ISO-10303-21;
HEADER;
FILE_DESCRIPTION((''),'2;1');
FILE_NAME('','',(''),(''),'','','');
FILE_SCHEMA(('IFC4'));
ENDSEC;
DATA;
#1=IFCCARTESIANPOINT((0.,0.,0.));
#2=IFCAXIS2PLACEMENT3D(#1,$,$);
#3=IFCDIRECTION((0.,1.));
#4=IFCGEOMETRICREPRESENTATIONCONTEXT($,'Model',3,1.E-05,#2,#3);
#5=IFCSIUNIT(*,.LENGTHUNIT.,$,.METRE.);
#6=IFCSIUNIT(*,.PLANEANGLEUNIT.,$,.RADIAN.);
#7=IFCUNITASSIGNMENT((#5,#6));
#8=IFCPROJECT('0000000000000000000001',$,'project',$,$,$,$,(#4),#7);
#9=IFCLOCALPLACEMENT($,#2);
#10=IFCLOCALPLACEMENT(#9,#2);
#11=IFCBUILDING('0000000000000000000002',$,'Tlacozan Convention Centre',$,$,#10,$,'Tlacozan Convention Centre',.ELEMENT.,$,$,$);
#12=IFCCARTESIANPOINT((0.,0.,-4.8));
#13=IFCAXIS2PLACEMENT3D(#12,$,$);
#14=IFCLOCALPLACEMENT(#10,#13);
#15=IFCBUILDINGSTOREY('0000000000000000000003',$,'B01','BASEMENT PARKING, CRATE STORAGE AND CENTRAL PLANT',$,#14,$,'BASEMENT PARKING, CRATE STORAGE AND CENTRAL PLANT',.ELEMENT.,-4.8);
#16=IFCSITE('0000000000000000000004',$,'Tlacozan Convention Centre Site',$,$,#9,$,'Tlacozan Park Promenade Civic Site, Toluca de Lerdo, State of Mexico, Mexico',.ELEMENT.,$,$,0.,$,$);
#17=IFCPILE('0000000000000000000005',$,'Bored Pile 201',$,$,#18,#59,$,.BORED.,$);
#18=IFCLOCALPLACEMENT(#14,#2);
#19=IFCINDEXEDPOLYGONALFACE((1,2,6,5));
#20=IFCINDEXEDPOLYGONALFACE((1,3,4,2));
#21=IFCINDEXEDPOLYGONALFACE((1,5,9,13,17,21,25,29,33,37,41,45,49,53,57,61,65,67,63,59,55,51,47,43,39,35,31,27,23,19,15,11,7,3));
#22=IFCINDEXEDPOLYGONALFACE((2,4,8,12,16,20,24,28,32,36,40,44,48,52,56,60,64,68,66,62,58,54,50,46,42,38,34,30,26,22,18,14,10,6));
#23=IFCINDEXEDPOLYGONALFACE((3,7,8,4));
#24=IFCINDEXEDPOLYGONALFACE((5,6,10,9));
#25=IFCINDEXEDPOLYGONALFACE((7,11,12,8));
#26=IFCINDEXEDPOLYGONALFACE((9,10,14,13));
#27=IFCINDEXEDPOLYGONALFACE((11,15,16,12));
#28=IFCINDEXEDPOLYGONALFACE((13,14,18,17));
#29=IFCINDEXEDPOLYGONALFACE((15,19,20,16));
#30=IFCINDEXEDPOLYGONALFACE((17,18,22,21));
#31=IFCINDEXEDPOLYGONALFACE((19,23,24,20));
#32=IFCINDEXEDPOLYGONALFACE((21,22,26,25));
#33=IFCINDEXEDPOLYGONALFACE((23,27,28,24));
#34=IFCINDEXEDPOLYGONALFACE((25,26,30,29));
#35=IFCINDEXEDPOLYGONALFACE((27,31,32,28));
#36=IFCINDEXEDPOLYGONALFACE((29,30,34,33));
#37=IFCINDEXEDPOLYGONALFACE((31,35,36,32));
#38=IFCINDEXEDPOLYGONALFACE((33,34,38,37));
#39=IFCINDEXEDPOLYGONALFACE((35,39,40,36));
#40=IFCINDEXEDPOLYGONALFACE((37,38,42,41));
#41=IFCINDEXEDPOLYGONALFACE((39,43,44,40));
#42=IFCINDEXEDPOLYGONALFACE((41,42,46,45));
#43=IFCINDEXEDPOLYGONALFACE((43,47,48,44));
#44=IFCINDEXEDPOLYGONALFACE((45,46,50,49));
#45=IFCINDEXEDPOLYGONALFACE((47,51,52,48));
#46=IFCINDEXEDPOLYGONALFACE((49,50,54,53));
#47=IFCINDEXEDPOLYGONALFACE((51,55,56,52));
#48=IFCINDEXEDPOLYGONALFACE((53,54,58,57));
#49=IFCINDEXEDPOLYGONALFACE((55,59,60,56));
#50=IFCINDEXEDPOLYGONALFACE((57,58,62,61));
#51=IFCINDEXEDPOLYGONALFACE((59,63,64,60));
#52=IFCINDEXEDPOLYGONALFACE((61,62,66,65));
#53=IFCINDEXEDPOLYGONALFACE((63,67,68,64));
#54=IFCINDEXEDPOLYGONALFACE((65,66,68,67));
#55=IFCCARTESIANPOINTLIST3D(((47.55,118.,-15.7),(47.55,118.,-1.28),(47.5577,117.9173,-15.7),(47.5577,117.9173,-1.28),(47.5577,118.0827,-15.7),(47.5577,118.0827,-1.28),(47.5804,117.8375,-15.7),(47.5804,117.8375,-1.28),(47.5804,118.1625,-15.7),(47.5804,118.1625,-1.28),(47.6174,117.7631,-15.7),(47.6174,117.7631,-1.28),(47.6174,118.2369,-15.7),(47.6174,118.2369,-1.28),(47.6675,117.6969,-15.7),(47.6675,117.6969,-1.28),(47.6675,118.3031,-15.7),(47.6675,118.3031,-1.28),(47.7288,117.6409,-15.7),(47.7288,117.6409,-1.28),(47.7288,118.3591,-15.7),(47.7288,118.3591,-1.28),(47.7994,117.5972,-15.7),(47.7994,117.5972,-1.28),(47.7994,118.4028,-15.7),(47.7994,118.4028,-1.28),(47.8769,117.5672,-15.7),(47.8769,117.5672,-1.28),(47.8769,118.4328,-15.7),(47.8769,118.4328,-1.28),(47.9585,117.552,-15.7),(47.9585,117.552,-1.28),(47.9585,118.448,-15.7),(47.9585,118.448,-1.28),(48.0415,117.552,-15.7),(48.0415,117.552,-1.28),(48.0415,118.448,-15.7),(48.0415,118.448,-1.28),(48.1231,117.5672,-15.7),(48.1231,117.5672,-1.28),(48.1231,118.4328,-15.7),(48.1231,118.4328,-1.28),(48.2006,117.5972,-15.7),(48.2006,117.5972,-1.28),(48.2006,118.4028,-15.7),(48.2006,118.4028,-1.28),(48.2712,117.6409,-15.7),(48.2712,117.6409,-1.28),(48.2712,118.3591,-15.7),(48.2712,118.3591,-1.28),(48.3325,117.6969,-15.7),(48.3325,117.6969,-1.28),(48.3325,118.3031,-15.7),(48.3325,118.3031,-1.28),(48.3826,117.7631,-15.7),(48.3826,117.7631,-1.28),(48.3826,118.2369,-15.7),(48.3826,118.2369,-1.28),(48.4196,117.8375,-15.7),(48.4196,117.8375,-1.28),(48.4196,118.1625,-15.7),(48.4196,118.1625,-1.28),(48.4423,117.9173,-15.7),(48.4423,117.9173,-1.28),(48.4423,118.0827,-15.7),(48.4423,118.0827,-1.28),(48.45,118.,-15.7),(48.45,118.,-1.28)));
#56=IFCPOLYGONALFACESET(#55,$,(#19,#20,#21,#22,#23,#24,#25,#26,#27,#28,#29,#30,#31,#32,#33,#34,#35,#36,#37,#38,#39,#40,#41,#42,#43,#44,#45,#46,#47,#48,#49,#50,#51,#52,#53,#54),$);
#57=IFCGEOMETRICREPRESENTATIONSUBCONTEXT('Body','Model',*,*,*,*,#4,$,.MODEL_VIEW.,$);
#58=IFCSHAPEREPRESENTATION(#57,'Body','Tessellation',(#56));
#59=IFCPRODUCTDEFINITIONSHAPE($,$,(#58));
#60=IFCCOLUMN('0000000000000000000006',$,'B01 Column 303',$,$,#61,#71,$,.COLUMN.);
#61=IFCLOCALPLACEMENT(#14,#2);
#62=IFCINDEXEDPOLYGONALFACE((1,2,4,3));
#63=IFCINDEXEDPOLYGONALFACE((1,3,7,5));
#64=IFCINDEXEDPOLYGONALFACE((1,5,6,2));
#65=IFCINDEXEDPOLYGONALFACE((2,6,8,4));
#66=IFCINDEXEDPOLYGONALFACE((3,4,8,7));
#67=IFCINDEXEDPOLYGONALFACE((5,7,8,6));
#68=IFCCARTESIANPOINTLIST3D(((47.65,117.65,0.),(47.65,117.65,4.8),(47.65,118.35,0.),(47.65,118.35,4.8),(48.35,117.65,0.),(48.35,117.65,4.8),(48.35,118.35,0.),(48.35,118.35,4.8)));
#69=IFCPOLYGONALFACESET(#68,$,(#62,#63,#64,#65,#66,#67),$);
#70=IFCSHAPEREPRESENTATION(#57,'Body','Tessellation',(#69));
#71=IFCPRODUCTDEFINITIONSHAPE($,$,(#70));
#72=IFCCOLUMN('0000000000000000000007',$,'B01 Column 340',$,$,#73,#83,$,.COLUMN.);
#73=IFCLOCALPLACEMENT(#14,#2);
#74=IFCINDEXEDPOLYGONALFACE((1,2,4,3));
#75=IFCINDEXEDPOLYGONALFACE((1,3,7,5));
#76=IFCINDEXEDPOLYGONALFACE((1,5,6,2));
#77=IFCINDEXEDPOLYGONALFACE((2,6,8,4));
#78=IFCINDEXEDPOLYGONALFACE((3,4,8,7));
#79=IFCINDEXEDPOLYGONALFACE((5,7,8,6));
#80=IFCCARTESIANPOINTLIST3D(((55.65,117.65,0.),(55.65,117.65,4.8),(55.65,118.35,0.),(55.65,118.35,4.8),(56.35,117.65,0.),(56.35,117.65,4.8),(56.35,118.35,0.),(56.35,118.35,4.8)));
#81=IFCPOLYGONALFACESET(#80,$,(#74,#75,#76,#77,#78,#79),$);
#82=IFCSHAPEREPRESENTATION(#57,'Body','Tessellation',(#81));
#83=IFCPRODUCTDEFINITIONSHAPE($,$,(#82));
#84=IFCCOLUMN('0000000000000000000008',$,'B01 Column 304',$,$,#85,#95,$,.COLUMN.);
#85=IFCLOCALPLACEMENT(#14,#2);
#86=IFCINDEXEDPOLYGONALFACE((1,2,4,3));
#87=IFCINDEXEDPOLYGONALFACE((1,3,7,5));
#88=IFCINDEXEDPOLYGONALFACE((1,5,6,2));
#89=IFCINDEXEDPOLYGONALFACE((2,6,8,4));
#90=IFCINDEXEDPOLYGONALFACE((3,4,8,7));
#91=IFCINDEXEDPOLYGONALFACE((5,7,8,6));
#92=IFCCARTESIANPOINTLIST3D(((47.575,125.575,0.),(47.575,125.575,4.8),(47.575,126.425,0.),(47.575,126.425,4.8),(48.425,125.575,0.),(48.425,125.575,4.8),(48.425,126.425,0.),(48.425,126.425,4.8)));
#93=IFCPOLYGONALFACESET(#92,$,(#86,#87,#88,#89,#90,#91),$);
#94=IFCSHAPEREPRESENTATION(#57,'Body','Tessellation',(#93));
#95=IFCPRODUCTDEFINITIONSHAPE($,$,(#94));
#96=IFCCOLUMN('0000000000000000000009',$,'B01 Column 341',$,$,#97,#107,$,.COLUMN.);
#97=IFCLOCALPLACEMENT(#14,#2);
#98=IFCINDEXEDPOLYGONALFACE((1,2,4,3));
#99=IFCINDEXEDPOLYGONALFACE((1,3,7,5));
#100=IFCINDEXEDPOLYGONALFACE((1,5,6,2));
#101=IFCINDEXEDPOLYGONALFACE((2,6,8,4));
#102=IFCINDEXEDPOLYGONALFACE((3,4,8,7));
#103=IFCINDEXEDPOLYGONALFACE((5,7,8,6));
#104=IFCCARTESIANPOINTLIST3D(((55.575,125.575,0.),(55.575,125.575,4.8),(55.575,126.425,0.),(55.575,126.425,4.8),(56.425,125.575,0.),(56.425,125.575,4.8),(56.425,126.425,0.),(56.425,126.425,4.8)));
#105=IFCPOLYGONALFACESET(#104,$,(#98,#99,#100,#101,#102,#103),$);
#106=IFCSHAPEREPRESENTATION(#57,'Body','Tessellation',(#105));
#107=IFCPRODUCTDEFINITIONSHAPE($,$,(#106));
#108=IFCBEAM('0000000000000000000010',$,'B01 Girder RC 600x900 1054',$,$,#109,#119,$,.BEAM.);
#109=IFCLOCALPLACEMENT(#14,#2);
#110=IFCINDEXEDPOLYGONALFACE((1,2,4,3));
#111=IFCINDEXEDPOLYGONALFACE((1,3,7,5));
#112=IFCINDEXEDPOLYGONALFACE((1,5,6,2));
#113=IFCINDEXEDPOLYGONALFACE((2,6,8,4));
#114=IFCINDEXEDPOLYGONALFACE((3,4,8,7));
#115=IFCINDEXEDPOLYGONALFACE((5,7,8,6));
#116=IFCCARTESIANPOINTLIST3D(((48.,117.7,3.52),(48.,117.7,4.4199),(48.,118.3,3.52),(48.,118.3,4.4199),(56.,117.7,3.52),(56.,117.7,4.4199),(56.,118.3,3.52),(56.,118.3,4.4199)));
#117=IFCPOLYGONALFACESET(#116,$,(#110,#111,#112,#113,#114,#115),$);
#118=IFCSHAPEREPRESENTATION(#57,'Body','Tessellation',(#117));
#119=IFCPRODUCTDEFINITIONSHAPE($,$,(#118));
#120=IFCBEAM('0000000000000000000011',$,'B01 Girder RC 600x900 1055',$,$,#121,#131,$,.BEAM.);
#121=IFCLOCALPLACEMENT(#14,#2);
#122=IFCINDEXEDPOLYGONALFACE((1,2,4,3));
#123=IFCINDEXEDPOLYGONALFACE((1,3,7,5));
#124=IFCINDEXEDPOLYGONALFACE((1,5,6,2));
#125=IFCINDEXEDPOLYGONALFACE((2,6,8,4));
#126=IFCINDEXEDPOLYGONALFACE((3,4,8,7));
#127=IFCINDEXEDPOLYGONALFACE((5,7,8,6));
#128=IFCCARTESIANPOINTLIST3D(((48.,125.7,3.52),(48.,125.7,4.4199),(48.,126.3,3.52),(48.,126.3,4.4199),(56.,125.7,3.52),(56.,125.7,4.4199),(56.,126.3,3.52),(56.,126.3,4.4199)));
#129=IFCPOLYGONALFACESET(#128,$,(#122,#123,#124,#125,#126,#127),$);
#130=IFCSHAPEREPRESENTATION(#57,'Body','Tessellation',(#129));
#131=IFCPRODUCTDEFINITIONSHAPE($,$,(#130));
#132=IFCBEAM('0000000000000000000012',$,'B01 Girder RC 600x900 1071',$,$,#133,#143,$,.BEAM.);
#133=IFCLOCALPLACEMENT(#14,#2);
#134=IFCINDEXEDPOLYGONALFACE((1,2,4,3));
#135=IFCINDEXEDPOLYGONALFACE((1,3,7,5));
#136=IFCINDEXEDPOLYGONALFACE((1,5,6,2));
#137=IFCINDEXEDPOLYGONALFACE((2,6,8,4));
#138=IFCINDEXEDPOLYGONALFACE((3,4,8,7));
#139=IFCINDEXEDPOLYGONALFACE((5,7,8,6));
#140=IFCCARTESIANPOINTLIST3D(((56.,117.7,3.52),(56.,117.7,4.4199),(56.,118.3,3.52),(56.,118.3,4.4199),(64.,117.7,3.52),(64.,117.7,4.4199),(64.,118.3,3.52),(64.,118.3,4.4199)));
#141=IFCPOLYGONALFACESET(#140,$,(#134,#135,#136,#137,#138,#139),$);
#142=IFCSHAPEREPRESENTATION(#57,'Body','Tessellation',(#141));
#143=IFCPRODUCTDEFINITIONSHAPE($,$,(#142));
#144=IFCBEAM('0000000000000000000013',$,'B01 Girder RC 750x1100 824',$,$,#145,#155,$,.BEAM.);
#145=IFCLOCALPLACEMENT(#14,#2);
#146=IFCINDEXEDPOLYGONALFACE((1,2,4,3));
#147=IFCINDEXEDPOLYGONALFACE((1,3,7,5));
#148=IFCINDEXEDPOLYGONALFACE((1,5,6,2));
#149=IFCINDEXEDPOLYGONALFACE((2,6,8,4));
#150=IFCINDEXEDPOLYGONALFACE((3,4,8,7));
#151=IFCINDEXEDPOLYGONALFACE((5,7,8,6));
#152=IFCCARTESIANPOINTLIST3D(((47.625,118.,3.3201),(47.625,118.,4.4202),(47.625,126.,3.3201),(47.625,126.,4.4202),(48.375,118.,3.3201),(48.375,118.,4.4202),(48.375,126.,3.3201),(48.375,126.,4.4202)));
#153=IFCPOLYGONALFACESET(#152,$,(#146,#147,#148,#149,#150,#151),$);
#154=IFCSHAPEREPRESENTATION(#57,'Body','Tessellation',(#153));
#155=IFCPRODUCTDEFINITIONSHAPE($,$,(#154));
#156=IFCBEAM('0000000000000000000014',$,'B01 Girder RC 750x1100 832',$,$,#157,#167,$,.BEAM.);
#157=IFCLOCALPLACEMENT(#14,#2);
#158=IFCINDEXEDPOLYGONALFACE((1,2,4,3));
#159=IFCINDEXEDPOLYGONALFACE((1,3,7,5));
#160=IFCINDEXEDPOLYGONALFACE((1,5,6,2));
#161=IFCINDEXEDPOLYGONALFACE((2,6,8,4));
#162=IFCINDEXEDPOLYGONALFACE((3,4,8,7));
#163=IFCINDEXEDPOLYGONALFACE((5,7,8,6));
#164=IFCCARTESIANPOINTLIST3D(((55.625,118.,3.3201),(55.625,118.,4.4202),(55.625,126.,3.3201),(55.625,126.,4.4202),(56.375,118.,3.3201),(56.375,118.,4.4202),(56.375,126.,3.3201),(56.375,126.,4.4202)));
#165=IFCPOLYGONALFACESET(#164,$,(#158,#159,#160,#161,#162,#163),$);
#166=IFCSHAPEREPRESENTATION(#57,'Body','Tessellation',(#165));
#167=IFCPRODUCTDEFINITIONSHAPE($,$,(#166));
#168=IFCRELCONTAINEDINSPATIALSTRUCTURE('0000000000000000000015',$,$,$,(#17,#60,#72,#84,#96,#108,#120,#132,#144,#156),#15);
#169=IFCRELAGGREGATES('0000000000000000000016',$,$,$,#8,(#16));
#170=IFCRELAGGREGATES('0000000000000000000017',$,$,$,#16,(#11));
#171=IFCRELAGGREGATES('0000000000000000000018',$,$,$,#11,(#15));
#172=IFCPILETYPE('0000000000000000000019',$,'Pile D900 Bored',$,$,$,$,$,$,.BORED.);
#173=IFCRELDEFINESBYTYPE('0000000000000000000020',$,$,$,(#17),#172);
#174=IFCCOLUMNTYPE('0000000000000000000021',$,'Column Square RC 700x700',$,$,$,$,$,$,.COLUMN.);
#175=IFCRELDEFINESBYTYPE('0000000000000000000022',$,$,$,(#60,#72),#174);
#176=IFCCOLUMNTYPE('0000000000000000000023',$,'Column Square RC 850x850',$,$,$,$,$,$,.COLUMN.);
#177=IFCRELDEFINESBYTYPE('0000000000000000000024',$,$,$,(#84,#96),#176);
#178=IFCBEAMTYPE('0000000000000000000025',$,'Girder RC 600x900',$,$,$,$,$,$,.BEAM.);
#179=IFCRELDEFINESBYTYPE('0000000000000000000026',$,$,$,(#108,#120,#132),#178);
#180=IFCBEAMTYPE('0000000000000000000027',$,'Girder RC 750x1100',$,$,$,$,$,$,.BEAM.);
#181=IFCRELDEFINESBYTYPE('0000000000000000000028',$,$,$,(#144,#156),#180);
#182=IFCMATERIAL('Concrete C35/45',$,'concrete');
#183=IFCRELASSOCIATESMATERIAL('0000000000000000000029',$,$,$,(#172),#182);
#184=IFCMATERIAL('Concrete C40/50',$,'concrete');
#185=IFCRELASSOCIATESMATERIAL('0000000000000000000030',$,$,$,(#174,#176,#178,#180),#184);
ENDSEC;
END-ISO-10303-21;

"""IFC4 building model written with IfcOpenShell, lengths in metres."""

from ifc_helpers import new_model, si_unit, direction, frame, origin, origin_2d, place, context, subcontext, project, spatial, rectangle, circle, extrude, material, material_profile, profile_set, type_object, element, save


model = new_model("IFC4")

# Units and contexts
model_context = context("Model", 3, precision=1e-05, world=origin(), true_north=direction((0.0, 1.0)))
body_context = subcontext(model_context, "Body", "Model", "MODEL_VIEW")
ifc_project = project(units=[si_unit("LENGTHUNIT", "METRE"), si_unit("PLANEANGLEUNIT", "RADIAN")], contexts=[model_context])

# Site, building, storey
site_placement = place(None, origin())
site = spatial("IfcSite", under=ifc_project, at=site_placement, Name="Tlacozan Convention Centre Site", LongName="Tlacozan Park Promenade Civic Site, Toluca de Lerdo, State of Mexico, Mexico", CompositionType="ELEMENT", RefElevation=0.0)
building_placement = place(site_placement, origin())
building = spatial("IfcBuilding", under=site, at=building_placement, Name="Tlacozan Convention Centre", LongName="Tlacozan Convention Centre", CompositionType="ELEMENT")
storey_placement = place(building_placement, frame((0.0, 0.0, -4.8)))
storey = spatial("IfcBuildingStorey", under=building, at=storey_placement, Name="B01", Description="BASEMENT PARKING, CRATE STORAGE AND CENTRAL PLANT", LongName="BASEMENT PARKING, CRATE STORAGE AND CENTRAL PLANT", CompositionType="ELEMENT", Elevation=-4.8)

# Shared definitions
ifc_material_1 = material(Name="Concrete C35/45", Category="concrete")

# Pile
ifc_material_profile_1 = material_profile(ifc_material_1, circle(Radius=0.45, at=origin_2d()), Name="PILE D900")
ifc_profile_set_1 = profile_set([ifc_material_profile_1], Name="Concrete C35/45")
pile_type_1 = type_object("IfcPileType", Name="Pile D900 Bored", PredefinedType="BORED", material=ifc_profile_set_1)
pile_1_placement = place(storey_placement, frame((48.0, 118.0, -1.28), z_axis=(0.0, 0.0, -1.0), x_axis=(1.0, 0.0, 0.0)))
element("IfcPile", 1, at=pile_1_placement, inside=storey, type_object=pile_type_1, Name="Bored Pile 201", PredefinedType="BORED", context=body_context, shape_type="SweptSolid", body=[
    extrude(circle(Radius=0.45, at=origin_2d()), origin(), (0.0, 0.0, 1.0), 14.4199),
])

# Columns
ifc_material_2 = material(Name="Concrete C40/50", Category="concrete")
ifc_material_profile_2 = material_profile(ifc_material_2, rectangle(XDim=0.7, YDim=0.7, at=origin_2d()), Name="RC 700x700")
ifc_profile_set_2 = profile_set([ifc_material_profile_2], Name="Concrete C40/50")
column_type_1 = type_object("IfcColumnType", Name="Column Square RC 700x700", PredefinedType="COLUMN", material=ifc_profile_set_2)
for number, where, z_axis, x_axis, name in (
    (2, (48.0, 118.0, 0.0), (0.0, 0.0, 1.0), (1.0, 0.0, 0.0), "B01 Column 303"),
    (3, (56.0, 118.0, 0.0), (0.0, 0.0, 1.0), (1.0, 0.0, 0.0), "B01 Column 340"),
):
    element("IfcColumn", number, at=place(storey_placement, frame(where, z_axis=z_axis, x_axis=x_axis)), inside=storey, type_object=column_type_1, Name=name, PredefinedType="COLUMN", context=body_context, shape_type="SweptSolid", body=[
        extrude(rectangle(XDim=0.7, YDim=0.7, at=origin_2d()), origin(), (0.0, 0.0, 1.0), 4.8),
    ])
ifc_material_profile_3 = material_profile(ifc_material_2, rectangle(XDim=0.8501, YDim=0.8501, at=origin_2d()), Name="RC 850x850")
ifc_profile_set_3 = profile_set([ifc_material_profile_3], Name="Concrete C40/50")
column_type_2 = type_object("IfcColumnType", Name="Column Square RC 850x850", PredefinedType="COLUMN", material=ifc_profile_set_3)
for number, where, z_axis, x_axis, name in (
    (4, (48.0, 126.0, 0.0), (0.0, 0.0, 1.0), (1.0, 0.0, 0.0), "B01 Column 304"),
    (5, (56.0, 126.0, 0.0), (0.0, 0.0, 1.0), (1.0, 0.0, 0.0), "B01 Column 341"),
):
    element("IfcColumn", number, at=place(storey_placement, frame(where, z_axis=z_axis, x_axis=x_axis)), inside=storey, type_object=column_type_2, Name=name, PredefinedType="COLUMN", context=body_context, shape_type="SweptSolid", body=[
        extrude(rectangle(XDim=0.8501, YDim=0.8501, at=origin_2d()), origin(), (0.0, 0.0, 1.0), 4.8),
    ])

# Beams
ifc_material_profile_4 = material_profile(ifc_material_2, rectangle(XDim=0.6001, YDim=0.8999, at=origin_2d()), Name="RC 600x900")
ifc_profile_set_4 = profile_set([ifc_material_profile_4], Name="Concrete C40/50")
beam_type_1 = type_object("IfcBeamType", Name="Girder RC 600x900", PredefinedType="BEAM", material=ifc_profile_set_4)
for number, where, z_axis, x_axis, name in (
    (6, (48.0, 118.0, 3.97), (1.0, 0.0, 0.0), (0.0, 1.0, 0.0), "B01 Girder RC 600x900 1054"),
    (7, (48.0, 126.0, 3.97), (1.0, 0.0, 0.0), (0.0, 1.0, 0.0), "B01 Girder RC 600x900 1055"),
    (8, (56.0, 118.0, 3.97), (1.0, 0.0, 0.0), (0.0, 1.0, 0.0), "B01 Girder RC 600x900 1071"),
):
    element("IfcBeam", number, at=place(storey_placement, frame(where, z_axis=z_axis, x_axis=x_axis)), inside=storey, type_object=beam_type_1, Name=name, PredefinedType="BEAM", context=body_context, shape_type="SweptSolid", body=[
        extrude(rectangle(XDim=0.6001, YDim=0.8999, at=origin_2d()), origin(), (0.0, 0.0, 1.0), 8.0),
    ])
ifc_material_profile_5 = material_profile(ifc_material_2, rectangle(XDim=0.75, YDim=1.1001, at=origin_2d()), Name="RC 750x1100")
ifc_profile_set_5 = profile_set([ifc_material_profile_5], Name="Concrete C40/50")
beam_type_2 = type_object("IfcBeamType", Name="Girder RC 750x1100", PredefinedType="BEAM", material=ifc_profile_set_5)
for number, where, z_axis, x_axis, name in (
    (9, (48.0, 118.0, 3.8701), (0.0, 1.0, 0.0), (-1.0, 0.0, 0.0), "B01 Girder RC 750x1100 824"),
    (10, (56.0, 118.0, 3.8701), (0.0, 1.0, 0.0), (-1.0, 0.0, 0.0), "B01 Girder RC 750x1100 832"),
):
    element("IfcBeam", number, at=place(storey_placement, frame(where, z_axis=z_axis, x_axis=x_axis)), inside=storey, type_object=beam_type_2, Name=name, PredefinedType="BEAM", context=body_context, shape_type="SweptSolid", body=[
        extrude(rectangle(XDim=0.75, YDim=1.1001, at=origin_2d()), origin(), (0.0, 0.0, 1.0), 8.0),
    ])

save(model, "model.ifc")
